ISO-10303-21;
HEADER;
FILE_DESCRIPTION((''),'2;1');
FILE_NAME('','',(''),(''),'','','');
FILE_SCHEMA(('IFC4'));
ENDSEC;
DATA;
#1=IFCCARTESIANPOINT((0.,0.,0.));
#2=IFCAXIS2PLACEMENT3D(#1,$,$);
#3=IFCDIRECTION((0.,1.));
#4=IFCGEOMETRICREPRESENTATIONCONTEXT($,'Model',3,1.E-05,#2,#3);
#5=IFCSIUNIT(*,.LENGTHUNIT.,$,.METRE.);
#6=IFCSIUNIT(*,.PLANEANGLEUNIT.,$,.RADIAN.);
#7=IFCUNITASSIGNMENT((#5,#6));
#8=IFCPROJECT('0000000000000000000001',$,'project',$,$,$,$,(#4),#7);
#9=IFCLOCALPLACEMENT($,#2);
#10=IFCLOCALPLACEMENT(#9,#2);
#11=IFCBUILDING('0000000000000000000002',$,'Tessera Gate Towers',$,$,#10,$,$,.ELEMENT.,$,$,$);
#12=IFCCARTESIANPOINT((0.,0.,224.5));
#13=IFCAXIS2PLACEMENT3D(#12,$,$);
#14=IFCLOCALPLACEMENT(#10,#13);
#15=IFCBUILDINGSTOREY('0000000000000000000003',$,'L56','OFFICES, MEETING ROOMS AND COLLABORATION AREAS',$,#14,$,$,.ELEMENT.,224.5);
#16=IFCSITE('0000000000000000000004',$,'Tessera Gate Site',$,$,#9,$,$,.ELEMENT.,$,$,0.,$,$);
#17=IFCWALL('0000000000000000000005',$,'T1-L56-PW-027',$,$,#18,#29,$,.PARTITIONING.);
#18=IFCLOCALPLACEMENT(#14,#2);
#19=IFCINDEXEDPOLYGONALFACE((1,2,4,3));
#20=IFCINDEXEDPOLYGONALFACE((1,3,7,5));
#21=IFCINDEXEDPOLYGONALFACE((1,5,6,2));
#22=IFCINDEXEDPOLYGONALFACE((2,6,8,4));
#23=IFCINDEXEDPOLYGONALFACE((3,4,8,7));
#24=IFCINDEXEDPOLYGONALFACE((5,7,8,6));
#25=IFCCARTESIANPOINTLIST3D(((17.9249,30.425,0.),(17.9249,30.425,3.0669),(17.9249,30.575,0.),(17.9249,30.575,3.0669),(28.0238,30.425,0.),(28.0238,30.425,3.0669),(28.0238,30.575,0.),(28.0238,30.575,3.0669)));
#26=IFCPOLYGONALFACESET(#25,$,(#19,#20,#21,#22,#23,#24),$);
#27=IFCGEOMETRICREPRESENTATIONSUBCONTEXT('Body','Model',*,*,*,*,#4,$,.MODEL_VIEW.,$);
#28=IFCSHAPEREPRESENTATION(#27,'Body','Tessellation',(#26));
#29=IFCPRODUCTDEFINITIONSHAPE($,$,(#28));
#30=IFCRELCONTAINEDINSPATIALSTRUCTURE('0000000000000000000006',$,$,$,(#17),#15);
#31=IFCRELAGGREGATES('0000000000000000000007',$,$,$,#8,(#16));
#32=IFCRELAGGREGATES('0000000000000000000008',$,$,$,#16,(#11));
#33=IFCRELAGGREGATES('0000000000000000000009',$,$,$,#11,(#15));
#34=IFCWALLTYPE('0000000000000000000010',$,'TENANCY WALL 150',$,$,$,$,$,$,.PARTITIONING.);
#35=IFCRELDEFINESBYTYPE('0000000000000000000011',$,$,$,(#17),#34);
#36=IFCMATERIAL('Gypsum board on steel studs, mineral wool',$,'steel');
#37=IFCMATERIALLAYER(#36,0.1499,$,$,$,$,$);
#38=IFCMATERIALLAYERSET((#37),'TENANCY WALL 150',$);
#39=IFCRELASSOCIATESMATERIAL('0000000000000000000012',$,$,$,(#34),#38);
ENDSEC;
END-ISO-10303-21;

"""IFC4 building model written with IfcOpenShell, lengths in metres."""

from ifc_helpers import new_model, si_unit, direction, frame, frame_2d, origin, place, context, subcontext, project, spatial, rectangle, extrude, material, layer, layer_set, type_object, element, save


model = new_model("IFC4")

# Units and contexts
model_context = context("Model", 3, precision=1e-05, world=origin(), true_north=direction((0.0, 1.0)))
body_context = subcontext(model_context, "Body", "Model", "MODEL_VIEW")
ifc_project = project(units=[si_unit("LENGTHUNIT", "METRE"), si_unit("PLANEANGLEUNIT", "RADIAN")], contexts=[model_context])

# Site, building, storey
site_placement = place(None, origin())
site = spatial("IfcSite", under=ifc_project, at=site_placement, Name="Tessera Gate Site", CompositionType="ELEMENT", RefElevation=0.0)
building_placement = place(site_placement, origin())
building = spatial("IfcBuilding", under=site, at=building_placement, Name="Tessera Gate Towers", CompositionType="ELEMENT")
storey_placement = place(building_placement, frame((0.0, 0.0, 224.5)))
storey = spatial("IfcBuildingStorey", under=building, at=storey_placement, Name="L56", Description="OFFICES, MEETING ROOMS AND COLLABORATION AREAS", CompositionType="ELEMENT", Elevation=224.5)

# Wall
ifc_material_1 = material(Name="Gypsum board on steel studs, mineral wool", Category="steel")
ifc_layer_1 = layer(ifc_material_1, 0.1499)
ifc_layer_set_1 = layer_set([ifc_layer_1], Name="TENANCY WALL 150")
wall_type_1 = type_object("IfcWallType", Name="TENANCY WALL 150", PredefinedType="PARTITIONING", material=ifc_layer_set_1)
wall_1_placement = place(storey_placement, frame((17.925, 30.5, 0.0), z_axis=(0.0, 0.0, 1.0), x_axis=(1.0, 0.0, 0.0)))
element("IfcWall", 1, at=wall_1_placement, inside=storey, type_object=wall_type_1, Name="T1-L56-PW-027", PredefinedType="PARTITIONING", context=body_context, shape_type="SweptSolid", body=[
    extrude(rectangle(XDim=10.0989, YDim=0.1499, at=frame_2d((5.0493, 0.0))), origin(), (0.0, 0.0, 1.0), 3.0669),
])

save(model, "model.ifc")
